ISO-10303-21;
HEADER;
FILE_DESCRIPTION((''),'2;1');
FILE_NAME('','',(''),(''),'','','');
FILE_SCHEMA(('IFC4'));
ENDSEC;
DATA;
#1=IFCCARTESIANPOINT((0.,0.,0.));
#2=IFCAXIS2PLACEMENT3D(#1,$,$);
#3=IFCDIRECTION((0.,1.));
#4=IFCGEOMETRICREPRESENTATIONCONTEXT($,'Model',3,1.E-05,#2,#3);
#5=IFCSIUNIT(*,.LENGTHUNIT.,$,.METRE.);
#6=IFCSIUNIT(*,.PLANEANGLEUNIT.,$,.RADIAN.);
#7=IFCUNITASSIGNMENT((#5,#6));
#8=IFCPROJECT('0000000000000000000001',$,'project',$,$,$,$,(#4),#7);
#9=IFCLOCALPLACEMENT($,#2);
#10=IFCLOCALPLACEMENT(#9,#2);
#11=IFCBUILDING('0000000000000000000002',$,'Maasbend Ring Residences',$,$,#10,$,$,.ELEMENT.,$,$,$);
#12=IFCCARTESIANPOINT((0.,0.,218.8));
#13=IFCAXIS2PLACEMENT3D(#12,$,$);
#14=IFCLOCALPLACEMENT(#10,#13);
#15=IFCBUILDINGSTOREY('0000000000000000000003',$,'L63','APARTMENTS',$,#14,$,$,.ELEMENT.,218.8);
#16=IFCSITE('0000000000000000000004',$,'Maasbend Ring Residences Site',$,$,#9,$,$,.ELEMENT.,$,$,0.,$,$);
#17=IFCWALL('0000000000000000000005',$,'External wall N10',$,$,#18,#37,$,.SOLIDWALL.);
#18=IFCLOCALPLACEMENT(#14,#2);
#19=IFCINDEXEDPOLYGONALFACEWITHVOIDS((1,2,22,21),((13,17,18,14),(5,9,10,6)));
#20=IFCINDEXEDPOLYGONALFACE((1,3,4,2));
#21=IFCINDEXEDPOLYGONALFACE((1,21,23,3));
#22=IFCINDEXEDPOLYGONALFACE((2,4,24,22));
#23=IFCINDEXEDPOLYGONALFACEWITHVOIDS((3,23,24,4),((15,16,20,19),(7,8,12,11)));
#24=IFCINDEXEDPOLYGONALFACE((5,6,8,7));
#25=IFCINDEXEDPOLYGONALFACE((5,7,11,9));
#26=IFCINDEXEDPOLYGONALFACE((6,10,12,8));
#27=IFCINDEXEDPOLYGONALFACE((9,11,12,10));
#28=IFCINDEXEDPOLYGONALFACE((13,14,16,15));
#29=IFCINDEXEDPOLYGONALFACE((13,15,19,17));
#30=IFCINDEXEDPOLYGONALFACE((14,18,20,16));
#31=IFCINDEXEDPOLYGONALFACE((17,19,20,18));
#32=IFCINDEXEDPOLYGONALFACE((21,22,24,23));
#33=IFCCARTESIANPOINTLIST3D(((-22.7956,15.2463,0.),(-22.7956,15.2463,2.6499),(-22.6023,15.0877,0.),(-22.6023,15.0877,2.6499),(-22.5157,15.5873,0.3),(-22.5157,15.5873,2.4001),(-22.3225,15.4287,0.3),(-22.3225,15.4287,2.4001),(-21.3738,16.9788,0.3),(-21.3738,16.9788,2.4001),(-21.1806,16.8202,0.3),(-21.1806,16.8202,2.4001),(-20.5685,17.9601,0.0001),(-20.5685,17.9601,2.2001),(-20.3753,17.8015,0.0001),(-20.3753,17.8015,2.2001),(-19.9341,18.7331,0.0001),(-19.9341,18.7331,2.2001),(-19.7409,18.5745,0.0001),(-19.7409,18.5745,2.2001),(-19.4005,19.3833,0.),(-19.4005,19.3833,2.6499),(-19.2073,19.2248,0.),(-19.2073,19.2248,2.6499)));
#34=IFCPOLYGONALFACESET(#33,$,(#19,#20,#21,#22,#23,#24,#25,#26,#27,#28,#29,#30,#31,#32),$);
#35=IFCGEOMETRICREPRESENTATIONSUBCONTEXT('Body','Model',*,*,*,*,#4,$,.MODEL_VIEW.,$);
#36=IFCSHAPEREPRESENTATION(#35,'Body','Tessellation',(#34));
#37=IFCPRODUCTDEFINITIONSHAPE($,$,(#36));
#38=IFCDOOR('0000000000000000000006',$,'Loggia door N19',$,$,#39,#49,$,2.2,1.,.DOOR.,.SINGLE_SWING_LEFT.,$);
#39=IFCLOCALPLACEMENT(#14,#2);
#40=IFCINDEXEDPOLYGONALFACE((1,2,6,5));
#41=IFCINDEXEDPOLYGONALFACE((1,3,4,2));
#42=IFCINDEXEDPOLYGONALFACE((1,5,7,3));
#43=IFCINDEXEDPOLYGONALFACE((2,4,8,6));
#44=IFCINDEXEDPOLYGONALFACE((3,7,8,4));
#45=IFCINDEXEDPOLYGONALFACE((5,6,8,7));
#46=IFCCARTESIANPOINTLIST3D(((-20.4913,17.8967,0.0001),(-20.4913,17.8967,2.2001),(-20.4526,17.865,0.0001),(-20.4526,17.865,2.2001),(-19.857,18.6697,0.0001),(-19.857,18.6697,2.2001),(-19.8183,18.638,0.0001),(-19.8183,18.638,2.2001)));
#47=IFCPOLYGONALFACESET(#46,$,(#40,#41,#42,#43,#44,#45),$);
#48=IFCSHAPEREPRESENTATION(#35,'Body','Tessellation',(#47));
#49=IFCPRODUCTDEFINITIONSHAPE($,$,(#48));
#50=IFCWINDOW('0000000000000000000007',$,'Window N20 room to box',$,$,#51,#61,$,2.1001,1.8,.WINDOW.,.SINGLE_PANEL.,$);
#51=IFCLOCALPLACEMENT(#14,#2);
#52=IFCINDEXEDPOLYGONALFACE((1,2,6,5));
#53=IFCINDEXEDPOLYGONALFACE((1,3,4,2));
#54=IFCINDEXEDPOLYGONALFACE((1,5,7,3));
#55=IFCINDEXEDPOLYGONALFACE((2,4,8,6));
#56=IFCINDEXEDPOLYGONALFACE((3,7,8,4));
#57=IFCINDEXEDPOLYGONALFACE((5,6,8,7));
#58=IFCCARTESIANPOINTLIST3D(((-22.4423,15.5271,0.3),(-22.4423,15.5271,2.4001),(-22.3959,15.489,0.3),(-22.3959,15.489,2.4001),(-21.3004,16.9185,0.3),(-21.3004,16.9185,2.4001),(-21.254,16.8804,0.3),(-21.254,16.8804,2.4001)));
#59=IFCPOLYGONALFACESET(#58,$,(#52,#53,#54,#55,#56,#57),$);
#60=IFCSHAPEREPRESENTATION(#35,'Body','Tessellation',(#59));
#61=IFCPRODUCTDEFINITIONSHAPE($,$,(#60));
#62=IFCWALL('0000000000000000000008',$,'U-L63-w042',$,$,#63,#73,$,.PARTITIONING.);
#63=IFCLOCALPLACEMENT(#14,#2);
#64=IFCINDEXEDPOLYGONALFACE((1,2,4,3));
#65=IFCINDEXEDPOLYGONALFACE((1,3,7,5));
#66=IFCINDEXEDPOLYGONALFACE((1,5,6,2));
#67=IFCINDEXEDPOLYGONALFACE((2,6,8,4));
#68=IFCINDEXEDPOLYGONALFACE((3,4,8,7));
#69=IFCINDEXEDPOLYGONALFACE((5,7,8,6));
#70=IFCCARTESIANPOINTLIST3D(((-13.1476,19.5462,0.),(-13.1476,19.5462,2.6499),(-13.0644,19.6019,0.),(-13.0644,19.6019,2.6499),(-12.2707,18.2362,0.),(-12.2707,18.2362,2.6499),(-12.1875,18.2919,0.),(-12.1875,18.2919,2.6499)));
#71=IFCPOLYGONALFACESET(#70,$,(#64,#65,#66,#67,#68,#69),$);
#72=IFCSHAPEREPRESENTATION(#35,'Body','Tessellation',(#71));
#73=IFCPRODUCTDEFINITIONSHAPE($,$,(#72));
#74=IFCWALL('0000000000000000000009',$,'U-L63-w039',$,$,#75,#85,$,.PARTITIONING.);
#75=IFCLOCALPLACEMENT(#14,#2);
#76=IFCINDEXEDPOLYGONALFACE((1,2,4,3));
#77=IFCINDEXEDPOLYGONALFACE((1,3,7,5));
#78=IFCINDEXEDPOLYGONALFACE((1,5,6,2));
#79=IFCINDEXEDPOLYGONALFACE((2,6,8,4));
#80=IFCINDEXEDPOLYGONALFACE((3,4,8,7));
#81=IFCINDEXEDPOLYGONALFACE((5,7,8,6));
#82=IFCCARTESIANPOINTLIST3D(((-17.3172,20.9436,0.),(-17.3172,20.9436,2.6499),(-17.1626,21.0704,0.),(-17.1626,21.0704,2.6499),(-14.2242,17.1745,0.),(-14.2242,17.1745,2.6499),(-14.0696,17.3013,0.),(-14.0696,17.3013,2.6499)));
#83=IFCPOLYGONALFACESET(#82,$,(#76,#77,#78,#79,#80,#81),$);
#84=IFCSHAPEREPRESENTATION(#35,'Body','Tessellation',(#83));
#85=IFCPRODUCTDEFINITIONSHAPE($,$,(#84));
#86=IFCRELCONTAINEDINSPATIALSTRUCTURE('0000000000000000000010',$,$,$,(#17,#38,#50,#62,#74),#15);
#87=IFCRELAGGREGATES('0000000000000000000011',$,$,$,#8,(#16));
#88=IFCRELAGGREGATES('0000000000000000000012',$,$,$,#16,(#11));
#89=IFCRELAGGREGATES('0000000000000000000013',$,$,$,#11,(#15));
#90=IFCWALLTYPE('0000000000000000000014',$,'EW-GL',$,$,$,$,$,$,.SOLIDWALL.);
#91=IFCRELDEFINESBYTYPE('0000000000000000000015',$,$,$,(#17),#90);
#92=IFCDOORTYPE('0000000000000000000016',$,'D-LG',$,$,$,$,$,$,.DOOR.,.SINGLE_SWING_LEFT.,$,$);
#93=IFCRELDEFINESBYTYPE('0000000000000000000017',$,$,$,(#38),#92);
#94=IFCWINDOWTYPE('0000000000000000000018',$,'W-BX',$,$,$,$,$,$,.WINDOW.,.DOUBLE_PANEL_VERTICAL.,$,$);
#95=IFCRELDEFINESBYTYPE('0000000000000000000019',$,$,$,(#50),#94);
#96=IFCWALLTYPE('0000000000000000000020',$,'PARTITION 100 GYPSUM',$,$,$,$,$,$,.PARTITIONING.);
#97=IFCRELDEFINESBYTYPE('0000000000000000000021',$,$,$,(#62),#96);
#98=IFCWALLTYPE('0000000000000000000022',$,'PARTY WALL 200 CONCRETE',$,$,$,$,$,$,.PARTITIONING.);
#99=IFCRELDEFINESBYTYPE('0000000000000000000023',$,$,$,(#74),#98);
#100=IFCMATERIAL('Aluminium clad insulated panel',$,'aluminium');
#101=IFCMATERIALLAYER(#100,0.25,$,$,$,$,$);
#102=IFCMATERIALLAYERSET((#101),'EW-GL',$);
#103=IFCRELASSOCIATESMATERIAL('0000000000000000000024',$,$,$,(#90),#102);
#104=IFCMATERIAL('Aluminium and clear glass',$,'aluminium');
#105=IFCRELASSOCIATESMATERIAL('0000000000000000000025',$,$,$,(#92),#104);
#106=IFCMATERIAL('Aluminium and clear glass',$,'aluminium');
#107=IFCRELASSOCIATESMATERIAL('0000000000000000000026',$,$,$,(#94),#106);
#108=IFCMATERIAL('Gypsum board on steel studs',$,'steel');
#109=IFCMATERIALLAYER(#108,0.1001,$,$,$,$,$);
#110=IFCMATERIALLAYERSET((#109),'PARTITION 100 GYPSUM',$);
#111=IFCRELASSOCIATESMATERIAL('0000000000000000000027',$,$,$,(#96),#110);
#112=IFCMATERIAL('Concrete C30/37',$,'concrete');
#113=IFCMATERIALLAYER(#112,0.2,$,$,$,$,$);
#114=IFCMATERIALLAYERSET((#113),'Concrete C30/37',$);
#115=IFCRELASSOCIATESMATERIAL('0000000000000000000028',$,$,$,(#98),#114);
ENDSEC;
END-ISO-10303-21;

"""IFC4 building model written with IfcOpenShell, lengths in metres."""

from ifc_helpers import new_model, si_unit, direction, frame, frame_2d, origin, place, context, subcontext, project, spatial, rectangle, extrude, material, layer, layer_set, type_object, element, fill, save


model = new_model("IFC4")

# Units and contexts
model_context = context("Model", 3, precision=1e-05, world=origin(), true_north=direction((0.0, 1.0)))
body_context = subcontext(model_context, "Body", "Model", "MODEL_VIEW")
ifc_project = project(units=[si_unit("LENGTHUNIT", "METRE"), si_unit("PLANEANGLEUNIT", "RADIAN")], contexts=[model_context])

# Site, building, storey
site_placement = place(None, origin())
site = spatial("IfcSite", under=ifc_project, at=site_placement, Name="Maasbend Ring Residences Site", CompositionType="ELEMENT", RefElevation=0.0)
building_placement = place(site_placement, origin())
building = spatial("IfcBuilding", under=site, at=building_placement, Name="Maasbend Ring Residences", CompositionType="ELEMENT")
storey_placement = place(building_placement, frame((0.0, 0.0, 218.8)))
storey = spatial("IfcBuildingStorey", under=building, at=storey_placement, Name="L63", Description="APARTMENTS", CompositionType="ELEMENT", Elevation=218.8)

# Wall, openings, door, window
ifc_material_1 = material(Name="Aluminium clad insulated panel", Category="aluminium")
ifc_layer_1 = layer(ifc_material_1, 0.25)
ifc_layer_set_1 = layer_set([ifc_layer_1], Name="EW-GL")
wall_type_1 = type_object("IfcWallType", Name="EW-GL", PredefinedType="SOLIDWALL", material=ifc_layer_set_1)
ifc_material_2 = material(Name="Aluminium and clear glass", Category="aluminium")
door_type = type_object("IfcDoorType", Name="D-LG", OperationType="SINGLE_SWING_LEFT", PredefinedType="DOOR", material=ifc_material_2)
ifc_material_3 = material(Name="Aluminium and clear glass", Category="aluminium")
window_type_1 = type_object("IfcWindowType", Name="W-BX", PartitioningType="DOUBLE_PANEL_VERTICAL", PredefinedType="WINDOW", material=ifc_material_3)
wall_1_placement = place(storey_placement, frame((-19.304, 19.304, 0.0), z_axis=(0.0, 0.0, 1.0), x_axis=(-0.634382, -0.773019, 0.0)))
wall_1 = element("IfcWall", 1, at=wall_1_placement, inside=storey, type_object=wall_type_1, Name="External wall N10", PredefinedType="SOLIDWALL", context=body_context, shape_type="SweptSolid", body=[
    extrude(rectangle(XDim=5.3518, YDim=0.25, at=frame_2d((2.6758, 0.0))), origin(), (0.0, 0.0, 1.0), 2.6499),
])
opening_1_placement = place(wall_1_placement, frame((0.8411, 0.0, 0.0)))
opening_1 = element("IfcOpeningElement", 2, at=opening_1_placement, cuts=wall_1, PredefinedType="OPENING", context=body_context, shape_type="SweptSolid", body=[
    extrude(rectangle(XDim=1.0, YDim=2.2, at=frame_2d((0.5, 1.1001))), frame((0.0, 0.135, 0.0), z_axis=(0.0, -1.0, 0.0), x_axis=(1.0, 0.0, 0.0)), (0.0, 0.0, 1.0), 0.27),
])
opening_2_placement = place(wall_1_placement, frame((3.1106, 0.0, 0.3)))
opening_2 = element("IfcOpeningElement", 3, at=opening_2_placement, cuts=wall_1, PredefinedType="OPENING", context=body_context, shape_type="SweptSolid", body=[
    extrude(rectangle(XDim=1.8, YDim=2.1001, at=frame_2d((0.8999, 1.05))), frame((0.0, 0.135, 0.0), z_axis=(0.0, -1.0, 0.0), x_axis=(1.0, 0.0, 0.0)), (0.0, 0.0, 1.0), 0.27),
])
door_1_placement = place(opening_1_placement, origin())
door_1 = element("IfcDoor", 4, at=door_1_placement, inside=storey, type_object=door_type, Name="Loggia door N19", OperationType="SINGLE_SWING_LEFT", OverallHeight=2.2, OverallWidth=1.0, PredefinedType="DOOR", context=body_context, shape_type="SweptSolid", body=[
    extrude(rectangle(XDim=1.0, YDim=2.2, at=frame_2d((0.5, 1.1001))), frame((0.0, 0.0249, 0.0), z_axis=(0.0, -1.0, 0.0), x_axis=(1.0, 0.0, 0.0)), (0.0, 0.0, 1.0), 0.05),
])
fill(opening_1, door_1)
window_1_placement = place(opening_2_placement, origin())
window_1 = element("IfcWindow", 5, at=window_1_placement, inside=storey, type_object=window_type_1, Name="Window N20 room to box", OverallHeight=2.1001, OverallWidth=1.8, PartitioningType="SINGLE_PANEL", PredefinedType="WINDOW", context=body_context, shape_type="SweptSolid", body=[
    extrude(rectangle(XDim=1.8, YDim=2.1001, at=frame_2d((0.8999, 1.05))), frame((0.0, 0.03, 0.0), z_axis=(0.0, -1.0, 0.0), x_axis=(1.0, 0.0, 0.0)), (0.0, 0.0, 1.0), 0.0601),
])
fill(opening_2, window_1)

# Walls
ifc_material_4 = material(Name="Gypsum board on steel studs", Category="steel")
ifc_layer_2 = layer(ifc_material_4, 0.1001)
ifc_layer_set_2 = layer_set([ifc_layer_2], Name="PARTITION 100 GYPSUM")
wall_type_2 = type_object("IfcWallType", Name="PARTITION 100 GYPSUM", PredefinedType="PARTITIONING", material=ifc_layer_set_2)
wall_2_placement = place(storey_placement, frame((-13.106, 19.574, 0.0), z_axis=(0.0, 0.0, 1.0), x_axis=(0.556272, -0.831, 0.0)))
element("IfcWall", 6, at=wall_2_placement, inside=storey, type_object=wall_type_2, Name="U-L63-w042", PredefinedType="PARTITIONING", context=body_context, shape_type="SweptSolid", body=[
    extrude(rectangle(XDim=1.5764, YDim=0.1001, at=frame_2d((0.7881, 0.0))), origin(), (0.0, 0.0, 1.0), 2.6499),
])
ifc_material_5 = material(Name="Concrete C30/37", Category="concrete")
ifc_layer_3 = layer(ifc_material_5, 0.2)
ifc_layer_set_3 = layer_set([ifc_layer_3], Name="Concrete C30/37")
wall_type_3 = type_object("IfcWallType", Name="PARTY WALL 200 CONCRETE", PredefinedType="PARTITIONING", material=ifc_layer_set_3)
wall_3_placement = place(storey_placement, frame((-17.24, 21.0071, 0.0), z_axis=(0.0, 0.0, 1.0), x_axis=(0.634374, -0.773026, 0.0)))
element("IfcWall", 7, at=wall_3_placement, inside=storey, type_object=wall_type_3, Name="U-L63-w039", PredefinedType="PARTITIONING", context=body_context, shape_type="SweptSolid", body=[
    extrude(rectangle(XDim=4.8757, YDim=0.2, at=frame_2d((2.438, 0.0))), origin(), (0.0, 0.0, 1.0), 2.6499),
])

save(model, "model.ifc")
